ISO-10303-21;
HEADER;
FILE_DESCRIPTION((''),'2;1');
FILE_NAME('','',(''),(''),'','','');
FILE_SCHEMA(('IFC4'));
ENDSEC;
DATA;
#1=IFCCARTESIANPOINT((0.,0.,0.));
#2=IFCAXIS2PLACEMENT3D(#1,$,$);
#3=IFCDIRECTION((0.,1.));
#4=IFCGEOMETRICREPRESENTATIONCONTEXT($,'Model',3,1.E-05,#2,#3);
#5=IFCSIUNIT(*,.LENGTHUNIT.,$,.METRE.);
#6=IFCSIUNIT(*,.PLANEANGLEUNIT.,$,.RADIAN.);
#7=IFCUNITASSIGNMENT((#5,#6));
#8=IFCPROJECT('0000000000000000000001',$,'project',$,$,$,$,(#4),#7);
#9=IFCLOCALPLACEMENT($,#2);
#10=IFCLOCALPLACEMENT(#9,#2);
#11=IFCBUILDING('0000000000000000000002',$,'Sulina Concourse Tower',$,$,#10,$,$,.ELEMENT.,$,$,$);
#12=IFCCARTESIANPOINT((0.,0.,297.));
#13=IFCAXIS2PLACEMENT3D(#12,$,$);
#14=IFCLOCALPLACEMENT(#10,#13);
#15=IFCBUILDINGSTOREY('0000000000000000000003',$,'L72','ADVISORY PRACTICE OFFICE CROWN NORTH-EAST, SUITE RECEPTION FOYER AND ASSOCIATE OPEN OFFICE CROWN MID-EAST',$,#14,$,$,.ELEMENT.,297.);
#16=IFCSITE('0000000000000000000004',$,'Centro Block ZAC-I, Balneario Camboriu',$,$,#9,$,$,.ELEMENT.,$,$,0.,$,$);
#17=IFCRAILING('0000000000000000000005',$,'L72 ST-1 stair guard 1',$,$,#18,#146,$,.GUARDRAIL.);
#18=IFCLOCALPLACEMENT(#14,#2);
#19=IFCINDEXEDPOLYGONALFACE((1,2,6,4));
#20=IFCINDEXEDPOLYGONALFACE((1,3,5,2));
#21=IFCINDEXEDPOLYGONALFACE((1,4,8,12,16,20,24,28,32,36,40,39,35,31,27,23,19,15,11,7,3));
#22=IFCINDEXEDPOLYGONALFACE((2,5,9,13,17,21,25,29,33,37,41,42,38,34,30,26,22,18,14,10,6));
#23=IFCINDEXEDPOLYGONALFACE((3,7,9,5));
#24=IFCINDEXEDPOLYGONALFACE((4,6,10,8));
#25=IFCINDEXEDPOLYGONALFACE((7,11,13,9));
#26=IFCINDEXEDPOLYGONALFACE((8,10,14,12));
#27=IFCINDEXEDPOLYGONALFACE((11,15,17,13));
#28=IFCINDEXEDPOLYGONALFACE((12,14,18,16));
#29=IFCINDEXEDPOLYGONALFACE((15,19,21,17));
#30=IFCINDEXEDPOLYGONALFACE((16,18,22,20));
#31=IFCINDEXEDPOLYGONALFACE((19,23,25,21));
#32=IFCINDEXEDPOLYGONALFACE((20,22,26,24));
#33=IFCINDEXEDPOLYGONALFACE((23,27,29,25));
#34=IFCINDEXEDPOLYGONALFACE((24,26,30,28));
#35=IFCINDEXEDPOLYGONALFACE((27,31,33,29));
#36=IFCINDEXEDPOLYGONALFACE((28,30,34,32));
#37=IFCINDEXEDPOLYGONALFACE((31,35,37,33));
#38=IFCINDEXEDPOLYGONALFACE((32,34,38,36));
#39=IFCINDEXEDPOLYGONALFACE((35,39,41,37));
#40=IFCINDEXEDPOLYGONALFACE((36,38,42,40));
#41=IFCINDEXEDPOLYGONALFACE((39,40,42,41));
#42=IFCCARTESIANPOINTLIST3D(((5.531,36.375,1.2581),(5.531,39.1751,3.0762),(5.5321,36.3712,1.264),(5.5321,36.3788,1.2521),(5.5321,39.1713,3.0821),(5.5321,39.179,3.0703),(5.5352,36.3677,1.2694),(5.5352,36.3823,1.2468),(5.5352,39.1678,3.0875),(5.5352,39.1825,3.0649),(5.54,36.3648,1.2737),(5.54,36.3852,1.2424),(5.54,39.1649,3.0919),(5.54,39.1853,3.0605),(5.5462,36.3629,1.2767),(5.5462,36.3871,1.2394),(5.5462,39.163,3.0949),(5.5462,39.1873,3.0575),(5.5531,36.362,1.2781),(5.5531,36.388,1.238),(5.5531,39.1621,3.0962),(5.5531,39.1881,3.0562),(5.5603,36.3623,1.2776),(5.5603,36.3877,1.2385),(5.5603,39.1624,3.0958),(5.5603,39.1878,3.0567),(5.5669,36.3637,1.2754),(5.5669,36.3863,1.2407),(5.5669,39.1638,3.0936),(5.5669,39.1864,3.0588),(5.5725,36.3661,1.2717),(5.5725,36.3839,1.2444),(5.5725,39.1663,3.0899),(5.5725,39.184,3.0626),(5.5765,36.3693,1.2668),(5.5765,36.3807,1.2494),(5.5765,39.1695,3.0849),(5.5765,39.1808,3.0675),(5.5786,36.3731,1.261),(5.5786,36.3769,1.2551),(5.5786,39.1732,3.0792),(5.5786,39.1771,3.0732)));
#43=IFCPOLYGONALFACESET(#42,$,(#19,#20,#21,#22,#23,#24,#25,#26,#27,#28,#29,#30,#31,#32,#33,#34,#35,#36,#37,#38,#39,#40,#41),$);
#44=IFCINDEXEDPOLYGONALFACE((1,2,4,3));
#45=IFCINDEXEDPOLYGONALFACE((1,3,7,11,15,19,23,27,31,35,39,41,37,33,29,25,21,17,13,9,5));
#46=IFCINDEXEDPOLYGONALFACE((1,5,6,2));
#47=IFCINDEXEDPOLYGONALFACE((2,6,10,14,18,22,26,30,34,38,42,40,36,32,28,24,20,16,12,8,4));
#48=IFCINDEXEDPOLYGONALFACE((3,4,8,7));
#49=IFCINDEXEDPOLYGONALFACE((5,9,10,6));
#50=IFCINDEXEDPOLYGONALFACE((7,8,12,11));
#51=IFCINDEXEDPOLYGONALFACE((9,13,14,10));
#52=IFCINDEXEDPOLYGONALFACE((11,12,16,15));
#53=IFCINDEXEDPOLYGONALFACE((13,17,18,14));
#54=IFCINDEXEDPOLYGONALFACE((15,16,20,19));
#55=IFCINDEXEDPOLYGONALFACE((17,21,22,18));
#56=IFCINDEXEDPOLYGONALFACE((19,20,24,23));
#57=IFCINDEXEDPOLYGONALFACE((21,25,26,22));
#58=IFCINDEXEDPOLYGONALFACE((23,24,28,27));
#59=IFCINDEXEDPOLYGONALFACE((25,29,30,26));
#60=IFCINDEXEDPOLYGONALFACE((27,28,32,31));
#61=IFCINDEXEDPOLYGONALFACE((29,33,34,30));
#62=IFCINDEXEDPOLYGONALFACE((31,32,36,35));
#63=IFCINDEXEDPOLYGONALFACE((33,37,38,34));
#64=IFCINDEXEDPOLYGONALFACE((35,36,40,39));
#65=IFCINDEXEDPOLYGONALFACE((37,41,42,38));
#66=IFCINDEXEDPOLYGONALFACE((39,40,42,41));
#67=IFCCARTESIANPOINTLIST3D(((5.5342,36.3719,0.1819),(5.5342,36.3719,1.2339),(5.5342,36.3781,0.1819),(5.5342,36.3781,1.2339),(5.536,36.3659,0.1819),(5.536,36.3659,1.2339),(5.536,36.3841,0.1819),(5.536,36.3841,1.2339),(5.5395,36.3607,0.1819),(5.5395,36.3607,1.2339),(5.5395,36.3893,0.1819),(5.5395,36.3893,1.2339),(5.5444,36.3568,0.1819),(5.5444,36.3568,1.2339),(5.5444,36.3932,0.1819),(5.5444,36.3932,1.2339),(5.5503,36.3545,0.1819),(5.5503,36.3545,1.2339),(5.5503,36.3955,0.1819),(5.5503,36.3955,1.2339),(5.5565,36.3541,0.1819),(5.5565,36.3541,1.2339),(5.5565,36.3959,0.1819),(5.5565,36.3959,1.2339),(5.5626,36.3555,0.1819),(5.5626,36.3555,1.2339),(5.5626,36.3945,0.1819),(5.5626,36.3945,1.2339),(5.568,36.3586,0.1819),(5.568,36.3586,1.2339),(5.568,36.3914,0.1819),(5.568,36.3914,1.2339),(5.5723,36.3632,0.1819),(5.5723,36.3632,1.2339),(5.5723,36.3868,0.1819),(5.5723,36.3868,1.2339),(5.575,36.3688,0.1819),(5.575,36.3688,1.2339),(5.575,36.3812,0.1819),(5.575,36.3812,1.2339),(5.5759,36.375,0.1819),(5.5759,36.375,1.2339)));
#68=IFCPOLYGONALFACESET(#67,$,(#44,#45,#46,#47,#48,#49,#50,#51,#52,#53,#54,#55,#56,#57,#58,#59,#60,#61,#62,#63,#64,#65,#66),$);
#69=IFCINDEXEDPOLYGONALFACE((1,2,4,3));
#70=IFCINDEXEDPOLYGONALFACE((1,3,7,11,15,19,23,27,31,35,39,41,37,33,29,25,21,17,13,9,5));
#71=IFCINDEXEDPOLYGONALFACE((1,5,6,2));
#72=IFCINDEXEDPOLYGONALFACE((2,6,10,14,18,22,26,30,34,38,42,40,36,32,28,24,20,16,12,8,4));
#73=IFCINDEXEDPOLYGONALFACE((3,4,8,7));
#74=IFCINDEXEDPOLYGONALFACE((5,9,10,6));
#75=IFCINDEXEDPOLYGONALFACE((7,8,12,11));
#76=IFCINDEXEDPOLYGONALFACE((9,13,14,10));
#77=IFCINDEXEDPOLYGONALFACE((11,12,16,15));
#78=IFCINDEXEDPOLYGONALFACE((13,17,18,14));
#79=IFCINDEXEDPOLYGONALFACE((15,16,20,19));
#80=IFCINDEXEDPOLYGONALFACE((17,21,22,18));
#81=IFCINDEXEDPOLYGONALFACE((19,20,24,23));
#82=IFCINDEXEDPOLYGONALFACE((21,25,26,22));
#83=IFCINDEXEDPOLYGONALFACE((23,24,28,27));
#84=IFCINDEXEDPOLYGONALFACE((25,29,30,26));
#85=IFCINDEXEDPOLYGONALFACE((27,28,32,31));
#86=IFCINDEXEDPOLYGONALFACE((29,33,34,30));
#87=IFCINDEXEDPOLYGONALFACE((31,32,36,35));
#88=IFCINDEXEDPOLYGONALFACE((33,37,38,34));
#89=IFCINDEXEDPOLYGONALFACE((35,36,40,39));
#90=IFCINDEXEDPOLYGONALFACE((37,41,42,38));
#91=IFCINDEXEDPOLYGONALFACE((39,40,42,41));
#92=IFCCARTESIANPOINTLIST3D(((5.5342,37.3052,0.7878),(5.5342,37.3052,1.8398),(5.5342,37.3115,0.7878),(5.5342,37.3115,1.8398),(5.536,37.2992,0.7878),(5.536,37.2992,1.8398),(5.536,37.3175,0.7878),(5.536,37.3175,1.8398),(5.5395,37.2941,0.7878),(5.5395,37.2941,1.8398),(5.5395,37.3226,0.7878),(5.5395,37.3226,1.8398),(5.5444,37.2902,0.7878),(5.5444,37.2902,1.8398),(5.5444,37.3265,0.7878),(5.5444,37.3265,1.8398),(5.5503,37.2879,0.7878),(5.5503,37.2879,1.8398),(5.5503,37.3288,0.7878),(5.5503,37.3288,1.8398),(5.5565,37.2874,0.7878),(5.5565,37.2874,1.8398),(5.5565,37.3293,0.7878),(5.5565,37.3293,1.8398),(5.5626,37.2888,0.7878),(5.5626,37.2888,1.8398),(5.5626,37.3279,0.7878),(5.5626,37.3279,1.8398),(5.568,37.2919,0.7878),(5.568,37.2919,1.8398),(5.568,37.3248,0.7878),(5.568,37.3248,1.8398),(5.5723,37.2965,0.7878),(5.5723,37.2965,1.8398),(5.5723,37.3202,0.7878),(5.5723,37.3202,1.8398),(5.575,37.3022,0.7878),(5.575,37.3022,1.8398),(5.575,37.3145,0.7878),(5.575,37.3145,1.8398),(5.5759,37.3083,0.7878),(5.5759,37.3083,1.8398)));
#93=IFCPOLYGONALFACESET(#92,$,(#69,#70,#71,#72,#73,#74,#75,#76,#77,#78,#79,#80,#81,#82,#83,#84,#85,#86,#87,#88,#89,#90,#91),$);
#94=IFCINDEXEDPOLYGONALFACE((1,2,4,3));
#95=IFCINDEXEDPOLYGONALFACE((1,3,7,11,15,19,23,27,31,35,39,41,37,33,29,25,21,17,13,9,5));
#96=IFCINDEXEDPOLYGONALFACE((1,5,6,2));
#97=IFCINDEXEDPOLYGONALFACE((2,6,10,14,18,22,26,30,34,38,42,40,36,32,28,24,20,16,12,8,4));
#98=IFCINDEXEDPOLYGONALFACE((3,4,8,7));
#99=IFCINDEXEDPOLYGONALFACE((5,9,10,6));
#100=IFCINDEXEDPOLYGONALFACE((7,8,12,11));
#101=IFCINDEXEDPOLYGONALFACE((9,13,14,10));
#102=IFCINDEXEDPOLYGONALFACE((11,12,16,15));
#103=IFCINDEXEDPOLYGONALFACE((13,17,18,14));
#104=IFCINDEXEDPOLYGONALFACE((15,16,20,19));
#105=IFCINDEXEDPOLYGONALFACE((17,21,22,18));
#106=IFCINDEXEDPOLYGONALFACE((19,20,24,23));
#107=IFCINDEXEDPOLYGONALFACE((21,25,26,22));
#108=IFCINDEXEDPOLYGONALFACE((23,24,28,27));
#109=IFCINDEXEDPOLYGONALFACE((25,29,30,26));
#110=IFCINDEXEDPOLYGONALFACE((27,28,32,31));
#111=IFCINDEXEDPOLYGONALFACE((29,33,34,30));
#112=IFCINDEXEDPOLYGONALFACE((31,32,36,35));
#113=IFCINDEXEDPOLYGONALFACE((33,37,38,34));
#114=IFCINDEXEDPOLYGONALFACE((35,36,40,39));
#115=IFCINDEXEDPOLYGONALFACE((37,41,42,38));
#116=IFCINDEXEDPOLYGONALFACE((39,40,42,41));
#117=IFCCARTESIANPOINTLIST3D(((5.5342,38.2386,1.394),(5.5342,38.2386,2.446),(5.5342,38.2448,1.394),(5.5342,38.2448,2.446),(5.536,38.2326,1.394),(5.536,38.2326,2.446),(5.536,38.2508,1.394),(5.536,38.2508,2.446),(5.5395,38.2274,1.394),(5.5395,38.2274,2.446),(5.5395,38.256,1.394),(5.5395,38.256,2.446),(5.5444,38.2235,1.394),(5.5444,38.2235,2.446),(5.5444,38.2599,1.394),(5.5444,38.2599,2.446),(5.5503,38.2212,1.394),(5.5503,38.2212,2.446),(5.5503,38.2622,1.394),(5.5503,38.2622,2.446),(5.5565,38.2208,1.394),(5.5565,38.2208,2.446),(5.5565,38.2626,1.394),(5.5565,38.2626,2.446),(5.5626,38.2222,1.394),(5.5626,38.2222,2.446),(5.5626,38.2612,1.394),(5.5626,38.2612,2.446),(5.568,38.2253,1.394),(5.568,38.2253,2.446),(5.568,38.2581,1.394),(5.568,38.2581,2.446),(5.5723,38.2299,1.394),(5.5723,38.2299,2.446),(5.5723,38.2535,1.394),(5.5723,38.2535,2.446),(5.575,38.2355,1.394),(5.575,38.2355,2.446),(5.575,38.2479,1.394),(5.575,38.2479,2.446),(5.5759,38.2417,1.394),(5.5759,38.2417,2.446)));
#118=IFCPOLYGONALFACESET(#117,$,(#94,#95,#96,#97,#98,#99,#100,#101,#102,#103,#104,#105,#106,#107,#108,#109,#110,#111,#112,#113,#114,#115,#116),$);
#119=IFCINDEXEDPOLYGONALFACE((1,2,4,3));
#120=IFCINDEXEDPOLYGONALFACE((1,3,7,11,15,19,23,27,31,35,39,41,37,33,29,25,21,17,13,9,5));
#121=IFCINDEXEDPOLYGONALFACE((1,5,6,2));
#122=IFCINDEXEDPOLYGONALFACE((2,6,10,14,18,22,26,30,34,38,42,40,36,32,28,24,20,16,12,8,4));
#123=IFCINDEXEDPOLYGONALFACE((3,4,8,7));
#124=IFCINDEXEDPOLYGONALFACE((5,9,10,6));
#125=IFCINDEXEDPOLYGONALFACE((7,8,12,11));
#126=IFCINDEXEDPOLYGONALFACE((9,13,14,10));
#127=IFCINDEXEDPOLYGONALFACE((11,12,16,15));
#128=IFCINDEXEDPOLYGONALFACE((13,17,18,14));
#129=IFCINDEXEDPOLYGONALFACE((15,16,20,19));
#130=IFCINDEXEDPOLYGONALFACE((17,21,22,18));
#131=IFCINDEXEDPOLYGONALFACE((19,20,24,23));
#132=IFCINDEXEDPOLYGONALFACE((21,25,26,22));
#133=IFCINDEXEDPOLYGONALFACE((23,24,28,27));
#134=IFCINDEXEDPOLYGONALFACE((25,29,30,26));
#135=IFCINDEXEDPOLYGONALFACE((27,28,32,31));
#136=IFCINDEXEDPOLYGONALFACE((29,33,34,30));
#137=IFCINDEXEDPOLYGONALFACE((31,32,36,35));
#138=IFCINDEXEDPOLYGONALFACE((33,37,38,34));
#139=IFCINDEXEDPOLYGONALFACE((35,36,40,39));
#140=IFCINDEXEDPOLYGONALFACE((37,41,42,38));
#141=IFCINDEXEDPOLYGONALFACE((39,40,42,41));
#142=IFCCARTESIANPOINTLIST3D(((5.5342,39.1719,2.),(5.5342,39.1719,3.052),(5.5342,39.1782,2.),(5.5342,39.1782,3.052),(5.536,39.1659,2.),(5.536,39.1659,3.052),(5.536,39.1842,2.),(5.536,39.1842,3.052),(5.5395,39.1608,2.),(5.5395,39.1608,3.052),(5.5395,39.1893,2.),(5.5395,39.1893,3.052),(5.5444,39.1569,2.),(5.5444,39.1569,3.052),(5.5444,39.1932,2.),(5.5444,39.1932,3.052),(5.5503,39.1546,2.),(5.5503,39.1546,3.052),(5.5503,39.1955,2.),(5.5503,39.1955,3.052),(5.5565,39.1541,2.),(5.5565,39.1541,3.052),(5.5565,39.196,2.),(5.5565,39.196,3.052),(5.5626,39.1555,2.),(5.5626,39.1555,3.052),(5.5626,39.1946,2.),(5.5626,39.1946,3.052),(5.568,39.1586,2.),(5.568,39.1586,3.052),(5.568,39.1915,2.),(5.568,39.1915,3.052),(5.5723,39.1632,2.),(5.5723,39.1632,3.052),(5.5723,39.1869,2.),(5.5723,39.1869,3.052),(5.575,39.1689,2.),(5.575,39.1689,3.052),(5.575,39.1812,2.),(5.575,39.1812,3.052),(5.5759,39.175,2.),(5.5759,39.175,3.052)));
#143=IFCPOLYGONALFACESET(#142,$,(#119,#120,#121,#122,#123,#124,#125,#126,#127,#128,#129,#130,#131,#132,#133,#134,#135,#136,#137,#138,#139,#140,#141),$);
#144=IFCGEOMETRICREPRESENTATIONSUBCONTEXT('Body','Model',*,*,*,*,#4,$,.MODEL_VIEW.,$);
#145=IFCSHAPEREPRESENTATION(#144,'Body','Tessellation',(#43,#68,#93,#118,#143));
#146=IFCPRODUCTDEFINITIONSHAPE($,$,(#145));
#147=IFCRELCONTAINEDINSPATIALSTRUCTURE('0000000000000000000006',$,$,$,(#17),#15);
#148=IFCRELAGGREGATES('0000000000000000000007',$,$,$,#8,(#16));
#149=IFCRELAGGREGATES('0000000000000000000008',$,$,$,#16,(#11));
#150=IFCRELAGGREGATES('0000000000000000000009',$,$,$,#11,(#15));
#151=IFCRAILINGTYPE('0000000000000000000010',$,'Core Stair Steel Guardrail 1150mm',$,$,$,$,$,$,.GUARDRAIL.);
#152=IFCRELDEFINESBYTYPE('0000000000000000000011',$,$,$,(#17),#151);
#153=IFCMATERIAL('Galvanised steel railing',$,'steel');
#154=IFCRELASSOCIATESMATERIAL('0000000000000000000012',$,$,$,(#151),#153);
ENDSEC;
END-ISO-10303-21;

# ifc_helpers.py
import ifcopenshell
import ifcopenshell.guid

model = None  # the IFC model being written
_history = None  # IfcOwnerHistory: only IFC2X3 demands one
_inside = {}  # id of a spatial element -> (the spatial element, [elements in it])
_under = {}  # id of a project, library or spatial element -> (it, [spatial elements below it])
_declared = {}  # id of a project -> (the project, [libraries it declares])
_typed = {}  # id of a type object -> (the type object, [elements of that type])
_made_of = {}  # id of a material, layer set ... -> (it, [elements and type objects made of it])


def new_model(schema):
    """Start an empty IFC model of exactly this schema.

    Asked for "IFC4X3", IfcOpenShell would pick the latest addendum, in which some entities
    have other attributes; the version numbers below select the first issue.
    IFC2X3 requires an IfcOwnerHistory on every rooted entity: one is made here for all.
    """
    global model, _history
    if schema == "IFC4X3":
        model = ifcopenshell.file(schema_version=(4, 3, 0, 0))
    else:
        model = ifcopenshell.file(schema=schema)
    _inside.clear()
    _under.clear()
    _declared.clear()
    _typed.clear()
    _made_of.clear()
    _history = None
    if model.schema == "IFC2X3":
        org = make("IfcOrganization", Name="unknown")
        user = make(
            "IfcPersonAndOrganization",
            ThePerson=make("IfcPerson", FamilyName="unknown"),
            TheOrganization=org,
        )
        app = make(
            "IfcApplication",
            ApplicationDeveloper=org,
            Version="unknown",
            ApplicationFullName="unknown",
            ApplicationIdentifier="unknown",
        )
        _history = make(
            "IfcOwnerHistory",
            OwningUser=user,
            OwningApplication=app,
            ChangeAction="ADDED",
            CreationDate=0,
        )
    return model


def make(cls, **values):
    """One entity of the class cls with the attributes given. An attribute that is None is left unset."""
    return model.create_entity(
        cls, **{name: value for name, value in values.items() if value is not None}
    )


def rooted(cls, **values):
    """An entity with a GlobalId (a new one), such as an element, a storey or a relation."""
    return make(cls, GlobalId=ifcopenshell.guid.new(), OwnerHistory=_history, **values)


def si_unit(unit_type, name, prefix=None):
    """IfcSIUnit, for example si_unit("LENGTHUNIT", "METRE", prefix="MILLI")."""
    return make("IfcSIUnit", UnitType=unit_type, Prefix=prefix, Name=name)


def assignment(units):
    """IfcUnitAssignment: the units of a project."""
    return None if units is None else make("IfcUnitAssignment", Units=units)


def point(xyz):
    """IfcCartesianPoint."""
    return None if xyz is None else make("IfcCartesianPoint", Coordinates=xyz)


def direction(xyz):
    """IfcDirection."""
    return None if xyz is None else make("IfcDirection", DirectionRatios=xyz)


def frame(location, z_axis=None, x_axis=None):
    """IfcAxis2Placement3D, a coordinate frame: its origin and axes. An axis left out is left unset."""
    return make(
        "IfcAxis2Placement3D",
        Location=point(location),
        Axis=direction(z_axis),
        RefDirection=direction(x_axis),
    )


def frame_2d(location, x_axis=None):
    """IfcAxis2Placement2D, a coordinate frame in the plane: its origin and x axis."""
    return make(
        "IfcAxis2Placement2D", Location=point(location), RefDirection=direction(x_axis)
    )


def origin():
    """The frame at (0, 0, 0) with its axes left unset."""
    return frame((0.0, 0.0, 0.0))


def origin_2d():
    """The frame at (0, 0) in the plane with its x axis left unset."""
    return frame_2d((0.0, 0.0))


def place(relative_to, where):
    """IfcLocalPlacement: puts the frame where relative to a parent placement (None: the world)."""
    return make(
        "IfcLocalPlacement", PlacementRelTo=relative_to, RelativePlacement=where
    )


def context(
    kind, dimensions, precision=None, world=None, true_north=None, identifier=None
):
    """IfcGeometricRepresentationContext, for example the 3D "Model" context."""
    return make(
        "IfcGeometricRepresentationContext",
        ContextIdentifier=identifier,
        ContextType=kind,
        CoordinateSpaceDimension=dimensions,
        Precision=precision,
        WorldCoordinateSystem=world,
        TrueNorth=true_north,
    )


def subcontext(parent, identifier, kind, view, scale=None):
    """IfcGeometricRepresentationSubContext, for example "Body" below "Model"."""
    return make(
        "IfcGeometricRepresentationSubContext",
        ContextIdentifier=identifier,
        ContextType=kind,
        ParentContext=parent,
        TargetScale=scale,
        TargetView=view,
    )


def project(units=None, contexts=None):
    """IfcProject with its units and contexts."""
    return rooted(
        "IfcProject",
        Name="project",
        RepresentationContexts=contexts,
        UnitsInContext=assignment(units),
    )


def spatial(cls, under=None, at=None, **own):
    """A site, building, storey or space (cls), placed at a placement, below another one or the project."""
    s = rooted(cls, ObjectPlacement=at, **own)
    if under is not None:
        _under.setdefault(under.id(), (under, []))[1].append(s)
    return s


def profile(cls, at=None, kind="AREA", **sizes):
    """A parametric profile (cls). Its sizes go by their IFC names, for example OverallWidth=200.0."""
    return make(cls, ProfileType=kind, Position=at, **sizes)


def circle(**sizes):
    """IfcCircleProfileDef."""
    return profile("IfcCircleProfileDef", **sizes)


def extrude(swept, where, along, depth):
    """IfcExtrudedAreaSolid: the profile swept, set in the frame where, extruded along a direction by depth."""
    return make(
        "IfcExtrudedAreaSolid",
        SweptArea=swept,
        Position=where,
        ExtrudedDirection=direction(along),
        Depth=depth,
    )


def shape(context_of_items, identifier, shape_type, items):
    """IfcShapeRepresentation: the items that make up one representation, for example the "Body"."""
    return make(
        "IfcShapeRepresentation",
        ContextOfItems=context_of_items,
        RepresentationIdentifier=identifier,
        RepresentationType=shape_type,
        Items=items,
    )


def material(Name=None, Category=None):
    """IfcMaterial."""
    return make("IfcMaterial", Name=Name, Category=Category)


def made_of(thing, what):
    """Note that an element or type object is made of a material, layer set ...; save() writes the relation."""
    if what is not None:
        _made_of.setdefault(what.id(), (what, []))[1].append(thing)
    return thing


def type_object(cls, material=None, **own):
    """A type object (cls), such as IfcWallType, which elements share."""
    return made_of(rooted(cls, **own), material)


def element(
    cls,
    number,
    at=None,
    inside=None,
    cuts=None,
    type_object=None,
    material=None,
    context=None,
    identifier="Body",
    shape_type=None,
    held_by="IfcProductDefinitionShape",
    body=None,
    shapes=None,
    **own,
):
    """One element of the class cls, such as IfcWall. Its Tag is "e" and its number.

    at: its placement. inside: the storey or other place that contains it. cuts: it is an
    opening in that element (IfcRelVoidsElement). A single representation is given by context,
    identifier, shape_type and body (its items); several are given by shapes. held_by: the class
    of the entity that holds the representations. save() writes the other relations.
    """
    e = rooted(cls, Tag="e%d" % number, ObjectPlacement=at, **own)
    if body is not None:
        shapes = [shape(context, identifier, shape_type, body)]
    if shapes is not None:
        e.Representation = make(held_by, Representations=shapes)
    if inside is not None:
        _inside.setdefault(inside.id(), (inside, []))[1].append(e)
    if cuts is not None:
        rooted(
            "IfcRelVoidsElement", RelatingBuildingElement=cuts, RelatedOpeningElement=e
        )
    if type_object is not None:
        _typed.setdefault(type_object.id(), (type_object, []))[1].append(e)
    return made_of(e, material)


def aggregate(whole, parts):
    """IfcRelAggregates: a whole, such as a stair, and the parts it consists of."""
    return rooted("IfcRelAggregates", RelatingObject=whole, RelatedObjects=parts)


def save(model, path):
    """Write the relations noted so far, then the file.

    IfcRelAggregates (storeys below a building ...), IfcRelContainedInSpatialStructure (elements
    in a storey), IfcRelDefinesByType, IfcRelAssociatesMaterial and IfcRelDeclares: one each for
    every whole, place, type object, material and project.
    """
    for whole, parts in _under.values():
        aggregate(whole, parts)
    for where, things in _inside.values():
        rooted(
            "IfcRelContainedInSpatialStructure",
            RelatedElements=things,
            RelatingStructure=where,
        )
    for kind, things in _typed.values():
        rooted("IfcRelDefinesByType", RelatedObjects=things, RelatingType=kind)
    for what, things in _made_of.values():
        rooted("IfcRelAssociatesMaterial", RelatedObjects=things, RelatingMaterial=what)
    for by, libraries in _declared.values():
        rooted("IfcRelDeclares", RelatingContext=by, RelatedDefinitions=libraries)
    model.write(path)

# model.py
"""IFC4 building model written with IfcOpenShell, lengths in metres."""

from ifc_helpers import new_model, si_unit, direction, frame, origin, origin_2d, place, context, subcontext, project, spatial, circle, extrude, material, type_object, element, save


model = new_model("IFC4")

# Units and contexts
model_context = context("Model", 3, precision=1e-05, world=origin(), true_north=direction((0.0, 1.0)))
body_context = subcontext(model_context, "Body", "Model", "MODEL_VIEW")
ifc_project = project(units=[si_unit("LENGTHUNIT", "METRE"), si_unit("PLANEANGLEUNIT", "RADIAN")], contexts=[model_context])

# Site, building, storey
site_placement = place(None, origin())
site = spatial("IfcSite", under=ifc_project, at=site_placement, Name="Centro Block ZAC-I, Balneario Camboriu", CompositionType="ELEMENT", RefElevation=0.0)
building_placement = place(site_placement, origin())
building = spatial("IfcBuilding", under=site, at=building_placement, Name="Sulina Concourse Tower", CompositionType="ELEMENT")
storey_placement = place(building_placement, frame((0.0, 0.0, 297.0)))
storey = spatial("IfcBuildingStorey", under=building, at=storey_placement, Name="L72", Description="ADVISORY PRACTICE OFFICE CROWN NORTH-EAST, SUITE RECEPTION FOYER AND ASSOCIATE OPEN OFFICE CROWN MID-EAST", CompositionType="ELEMENT", Elevation=297.0)

# Railing
ifc_material_1 = material(Name="Galvanised steel railing", Category="steel")
railing_type_1 = type_object("IfcRailingType", Name="Core Stair Steel Guardrail 1150mm", PredefinedType="GUARDRAIL", material=ifc_material_1)
railing_1_placement = place(storey_placement, frame((5.5549, 36.375, 0.1819)))
element("IfcRailing", 1, at=railing_1_placement, inside=storey, type_object=railing_type_1, Name="L72 ST-1 stair guard 1", PredefinedType="GUARDRAIL", context=body_context, shape_type="SweptSolid", body=[
    extrude(circle(Radius=0.0239, at=origin_2d()), frame((0.0, 0.0, 1.0762), z_axis=(0.0, 0.838706, 0.544585), x_axis=(-1.0, 0.0, 0.0)), (0.0, 0.0, 1.0), 3.3386),
    extrude(circle(Radius=0.021, at=origin_2d()), origin(), (0.0, 0.0, 1.0), 1.052),
    extrude(circle(Radius=0.021, at=origin_2d()), frame((0.0, 0.9333, 0.606)), (0.0, 0.0, 1.0), 1.052),
    extrude(circle(Radius=0.021, at=origin_2d()), frame((0.0, 1.8667, 1.2122)), (0.0, 0.0, 1.0), 1.052),
    extrude(circle(Radius=0.021, at=origin_2d()), frame((0.0, 2.8, 1.8181)), (0.0, 0.0, 1.0), 1.052),
])

save(model, "model.ifc")
